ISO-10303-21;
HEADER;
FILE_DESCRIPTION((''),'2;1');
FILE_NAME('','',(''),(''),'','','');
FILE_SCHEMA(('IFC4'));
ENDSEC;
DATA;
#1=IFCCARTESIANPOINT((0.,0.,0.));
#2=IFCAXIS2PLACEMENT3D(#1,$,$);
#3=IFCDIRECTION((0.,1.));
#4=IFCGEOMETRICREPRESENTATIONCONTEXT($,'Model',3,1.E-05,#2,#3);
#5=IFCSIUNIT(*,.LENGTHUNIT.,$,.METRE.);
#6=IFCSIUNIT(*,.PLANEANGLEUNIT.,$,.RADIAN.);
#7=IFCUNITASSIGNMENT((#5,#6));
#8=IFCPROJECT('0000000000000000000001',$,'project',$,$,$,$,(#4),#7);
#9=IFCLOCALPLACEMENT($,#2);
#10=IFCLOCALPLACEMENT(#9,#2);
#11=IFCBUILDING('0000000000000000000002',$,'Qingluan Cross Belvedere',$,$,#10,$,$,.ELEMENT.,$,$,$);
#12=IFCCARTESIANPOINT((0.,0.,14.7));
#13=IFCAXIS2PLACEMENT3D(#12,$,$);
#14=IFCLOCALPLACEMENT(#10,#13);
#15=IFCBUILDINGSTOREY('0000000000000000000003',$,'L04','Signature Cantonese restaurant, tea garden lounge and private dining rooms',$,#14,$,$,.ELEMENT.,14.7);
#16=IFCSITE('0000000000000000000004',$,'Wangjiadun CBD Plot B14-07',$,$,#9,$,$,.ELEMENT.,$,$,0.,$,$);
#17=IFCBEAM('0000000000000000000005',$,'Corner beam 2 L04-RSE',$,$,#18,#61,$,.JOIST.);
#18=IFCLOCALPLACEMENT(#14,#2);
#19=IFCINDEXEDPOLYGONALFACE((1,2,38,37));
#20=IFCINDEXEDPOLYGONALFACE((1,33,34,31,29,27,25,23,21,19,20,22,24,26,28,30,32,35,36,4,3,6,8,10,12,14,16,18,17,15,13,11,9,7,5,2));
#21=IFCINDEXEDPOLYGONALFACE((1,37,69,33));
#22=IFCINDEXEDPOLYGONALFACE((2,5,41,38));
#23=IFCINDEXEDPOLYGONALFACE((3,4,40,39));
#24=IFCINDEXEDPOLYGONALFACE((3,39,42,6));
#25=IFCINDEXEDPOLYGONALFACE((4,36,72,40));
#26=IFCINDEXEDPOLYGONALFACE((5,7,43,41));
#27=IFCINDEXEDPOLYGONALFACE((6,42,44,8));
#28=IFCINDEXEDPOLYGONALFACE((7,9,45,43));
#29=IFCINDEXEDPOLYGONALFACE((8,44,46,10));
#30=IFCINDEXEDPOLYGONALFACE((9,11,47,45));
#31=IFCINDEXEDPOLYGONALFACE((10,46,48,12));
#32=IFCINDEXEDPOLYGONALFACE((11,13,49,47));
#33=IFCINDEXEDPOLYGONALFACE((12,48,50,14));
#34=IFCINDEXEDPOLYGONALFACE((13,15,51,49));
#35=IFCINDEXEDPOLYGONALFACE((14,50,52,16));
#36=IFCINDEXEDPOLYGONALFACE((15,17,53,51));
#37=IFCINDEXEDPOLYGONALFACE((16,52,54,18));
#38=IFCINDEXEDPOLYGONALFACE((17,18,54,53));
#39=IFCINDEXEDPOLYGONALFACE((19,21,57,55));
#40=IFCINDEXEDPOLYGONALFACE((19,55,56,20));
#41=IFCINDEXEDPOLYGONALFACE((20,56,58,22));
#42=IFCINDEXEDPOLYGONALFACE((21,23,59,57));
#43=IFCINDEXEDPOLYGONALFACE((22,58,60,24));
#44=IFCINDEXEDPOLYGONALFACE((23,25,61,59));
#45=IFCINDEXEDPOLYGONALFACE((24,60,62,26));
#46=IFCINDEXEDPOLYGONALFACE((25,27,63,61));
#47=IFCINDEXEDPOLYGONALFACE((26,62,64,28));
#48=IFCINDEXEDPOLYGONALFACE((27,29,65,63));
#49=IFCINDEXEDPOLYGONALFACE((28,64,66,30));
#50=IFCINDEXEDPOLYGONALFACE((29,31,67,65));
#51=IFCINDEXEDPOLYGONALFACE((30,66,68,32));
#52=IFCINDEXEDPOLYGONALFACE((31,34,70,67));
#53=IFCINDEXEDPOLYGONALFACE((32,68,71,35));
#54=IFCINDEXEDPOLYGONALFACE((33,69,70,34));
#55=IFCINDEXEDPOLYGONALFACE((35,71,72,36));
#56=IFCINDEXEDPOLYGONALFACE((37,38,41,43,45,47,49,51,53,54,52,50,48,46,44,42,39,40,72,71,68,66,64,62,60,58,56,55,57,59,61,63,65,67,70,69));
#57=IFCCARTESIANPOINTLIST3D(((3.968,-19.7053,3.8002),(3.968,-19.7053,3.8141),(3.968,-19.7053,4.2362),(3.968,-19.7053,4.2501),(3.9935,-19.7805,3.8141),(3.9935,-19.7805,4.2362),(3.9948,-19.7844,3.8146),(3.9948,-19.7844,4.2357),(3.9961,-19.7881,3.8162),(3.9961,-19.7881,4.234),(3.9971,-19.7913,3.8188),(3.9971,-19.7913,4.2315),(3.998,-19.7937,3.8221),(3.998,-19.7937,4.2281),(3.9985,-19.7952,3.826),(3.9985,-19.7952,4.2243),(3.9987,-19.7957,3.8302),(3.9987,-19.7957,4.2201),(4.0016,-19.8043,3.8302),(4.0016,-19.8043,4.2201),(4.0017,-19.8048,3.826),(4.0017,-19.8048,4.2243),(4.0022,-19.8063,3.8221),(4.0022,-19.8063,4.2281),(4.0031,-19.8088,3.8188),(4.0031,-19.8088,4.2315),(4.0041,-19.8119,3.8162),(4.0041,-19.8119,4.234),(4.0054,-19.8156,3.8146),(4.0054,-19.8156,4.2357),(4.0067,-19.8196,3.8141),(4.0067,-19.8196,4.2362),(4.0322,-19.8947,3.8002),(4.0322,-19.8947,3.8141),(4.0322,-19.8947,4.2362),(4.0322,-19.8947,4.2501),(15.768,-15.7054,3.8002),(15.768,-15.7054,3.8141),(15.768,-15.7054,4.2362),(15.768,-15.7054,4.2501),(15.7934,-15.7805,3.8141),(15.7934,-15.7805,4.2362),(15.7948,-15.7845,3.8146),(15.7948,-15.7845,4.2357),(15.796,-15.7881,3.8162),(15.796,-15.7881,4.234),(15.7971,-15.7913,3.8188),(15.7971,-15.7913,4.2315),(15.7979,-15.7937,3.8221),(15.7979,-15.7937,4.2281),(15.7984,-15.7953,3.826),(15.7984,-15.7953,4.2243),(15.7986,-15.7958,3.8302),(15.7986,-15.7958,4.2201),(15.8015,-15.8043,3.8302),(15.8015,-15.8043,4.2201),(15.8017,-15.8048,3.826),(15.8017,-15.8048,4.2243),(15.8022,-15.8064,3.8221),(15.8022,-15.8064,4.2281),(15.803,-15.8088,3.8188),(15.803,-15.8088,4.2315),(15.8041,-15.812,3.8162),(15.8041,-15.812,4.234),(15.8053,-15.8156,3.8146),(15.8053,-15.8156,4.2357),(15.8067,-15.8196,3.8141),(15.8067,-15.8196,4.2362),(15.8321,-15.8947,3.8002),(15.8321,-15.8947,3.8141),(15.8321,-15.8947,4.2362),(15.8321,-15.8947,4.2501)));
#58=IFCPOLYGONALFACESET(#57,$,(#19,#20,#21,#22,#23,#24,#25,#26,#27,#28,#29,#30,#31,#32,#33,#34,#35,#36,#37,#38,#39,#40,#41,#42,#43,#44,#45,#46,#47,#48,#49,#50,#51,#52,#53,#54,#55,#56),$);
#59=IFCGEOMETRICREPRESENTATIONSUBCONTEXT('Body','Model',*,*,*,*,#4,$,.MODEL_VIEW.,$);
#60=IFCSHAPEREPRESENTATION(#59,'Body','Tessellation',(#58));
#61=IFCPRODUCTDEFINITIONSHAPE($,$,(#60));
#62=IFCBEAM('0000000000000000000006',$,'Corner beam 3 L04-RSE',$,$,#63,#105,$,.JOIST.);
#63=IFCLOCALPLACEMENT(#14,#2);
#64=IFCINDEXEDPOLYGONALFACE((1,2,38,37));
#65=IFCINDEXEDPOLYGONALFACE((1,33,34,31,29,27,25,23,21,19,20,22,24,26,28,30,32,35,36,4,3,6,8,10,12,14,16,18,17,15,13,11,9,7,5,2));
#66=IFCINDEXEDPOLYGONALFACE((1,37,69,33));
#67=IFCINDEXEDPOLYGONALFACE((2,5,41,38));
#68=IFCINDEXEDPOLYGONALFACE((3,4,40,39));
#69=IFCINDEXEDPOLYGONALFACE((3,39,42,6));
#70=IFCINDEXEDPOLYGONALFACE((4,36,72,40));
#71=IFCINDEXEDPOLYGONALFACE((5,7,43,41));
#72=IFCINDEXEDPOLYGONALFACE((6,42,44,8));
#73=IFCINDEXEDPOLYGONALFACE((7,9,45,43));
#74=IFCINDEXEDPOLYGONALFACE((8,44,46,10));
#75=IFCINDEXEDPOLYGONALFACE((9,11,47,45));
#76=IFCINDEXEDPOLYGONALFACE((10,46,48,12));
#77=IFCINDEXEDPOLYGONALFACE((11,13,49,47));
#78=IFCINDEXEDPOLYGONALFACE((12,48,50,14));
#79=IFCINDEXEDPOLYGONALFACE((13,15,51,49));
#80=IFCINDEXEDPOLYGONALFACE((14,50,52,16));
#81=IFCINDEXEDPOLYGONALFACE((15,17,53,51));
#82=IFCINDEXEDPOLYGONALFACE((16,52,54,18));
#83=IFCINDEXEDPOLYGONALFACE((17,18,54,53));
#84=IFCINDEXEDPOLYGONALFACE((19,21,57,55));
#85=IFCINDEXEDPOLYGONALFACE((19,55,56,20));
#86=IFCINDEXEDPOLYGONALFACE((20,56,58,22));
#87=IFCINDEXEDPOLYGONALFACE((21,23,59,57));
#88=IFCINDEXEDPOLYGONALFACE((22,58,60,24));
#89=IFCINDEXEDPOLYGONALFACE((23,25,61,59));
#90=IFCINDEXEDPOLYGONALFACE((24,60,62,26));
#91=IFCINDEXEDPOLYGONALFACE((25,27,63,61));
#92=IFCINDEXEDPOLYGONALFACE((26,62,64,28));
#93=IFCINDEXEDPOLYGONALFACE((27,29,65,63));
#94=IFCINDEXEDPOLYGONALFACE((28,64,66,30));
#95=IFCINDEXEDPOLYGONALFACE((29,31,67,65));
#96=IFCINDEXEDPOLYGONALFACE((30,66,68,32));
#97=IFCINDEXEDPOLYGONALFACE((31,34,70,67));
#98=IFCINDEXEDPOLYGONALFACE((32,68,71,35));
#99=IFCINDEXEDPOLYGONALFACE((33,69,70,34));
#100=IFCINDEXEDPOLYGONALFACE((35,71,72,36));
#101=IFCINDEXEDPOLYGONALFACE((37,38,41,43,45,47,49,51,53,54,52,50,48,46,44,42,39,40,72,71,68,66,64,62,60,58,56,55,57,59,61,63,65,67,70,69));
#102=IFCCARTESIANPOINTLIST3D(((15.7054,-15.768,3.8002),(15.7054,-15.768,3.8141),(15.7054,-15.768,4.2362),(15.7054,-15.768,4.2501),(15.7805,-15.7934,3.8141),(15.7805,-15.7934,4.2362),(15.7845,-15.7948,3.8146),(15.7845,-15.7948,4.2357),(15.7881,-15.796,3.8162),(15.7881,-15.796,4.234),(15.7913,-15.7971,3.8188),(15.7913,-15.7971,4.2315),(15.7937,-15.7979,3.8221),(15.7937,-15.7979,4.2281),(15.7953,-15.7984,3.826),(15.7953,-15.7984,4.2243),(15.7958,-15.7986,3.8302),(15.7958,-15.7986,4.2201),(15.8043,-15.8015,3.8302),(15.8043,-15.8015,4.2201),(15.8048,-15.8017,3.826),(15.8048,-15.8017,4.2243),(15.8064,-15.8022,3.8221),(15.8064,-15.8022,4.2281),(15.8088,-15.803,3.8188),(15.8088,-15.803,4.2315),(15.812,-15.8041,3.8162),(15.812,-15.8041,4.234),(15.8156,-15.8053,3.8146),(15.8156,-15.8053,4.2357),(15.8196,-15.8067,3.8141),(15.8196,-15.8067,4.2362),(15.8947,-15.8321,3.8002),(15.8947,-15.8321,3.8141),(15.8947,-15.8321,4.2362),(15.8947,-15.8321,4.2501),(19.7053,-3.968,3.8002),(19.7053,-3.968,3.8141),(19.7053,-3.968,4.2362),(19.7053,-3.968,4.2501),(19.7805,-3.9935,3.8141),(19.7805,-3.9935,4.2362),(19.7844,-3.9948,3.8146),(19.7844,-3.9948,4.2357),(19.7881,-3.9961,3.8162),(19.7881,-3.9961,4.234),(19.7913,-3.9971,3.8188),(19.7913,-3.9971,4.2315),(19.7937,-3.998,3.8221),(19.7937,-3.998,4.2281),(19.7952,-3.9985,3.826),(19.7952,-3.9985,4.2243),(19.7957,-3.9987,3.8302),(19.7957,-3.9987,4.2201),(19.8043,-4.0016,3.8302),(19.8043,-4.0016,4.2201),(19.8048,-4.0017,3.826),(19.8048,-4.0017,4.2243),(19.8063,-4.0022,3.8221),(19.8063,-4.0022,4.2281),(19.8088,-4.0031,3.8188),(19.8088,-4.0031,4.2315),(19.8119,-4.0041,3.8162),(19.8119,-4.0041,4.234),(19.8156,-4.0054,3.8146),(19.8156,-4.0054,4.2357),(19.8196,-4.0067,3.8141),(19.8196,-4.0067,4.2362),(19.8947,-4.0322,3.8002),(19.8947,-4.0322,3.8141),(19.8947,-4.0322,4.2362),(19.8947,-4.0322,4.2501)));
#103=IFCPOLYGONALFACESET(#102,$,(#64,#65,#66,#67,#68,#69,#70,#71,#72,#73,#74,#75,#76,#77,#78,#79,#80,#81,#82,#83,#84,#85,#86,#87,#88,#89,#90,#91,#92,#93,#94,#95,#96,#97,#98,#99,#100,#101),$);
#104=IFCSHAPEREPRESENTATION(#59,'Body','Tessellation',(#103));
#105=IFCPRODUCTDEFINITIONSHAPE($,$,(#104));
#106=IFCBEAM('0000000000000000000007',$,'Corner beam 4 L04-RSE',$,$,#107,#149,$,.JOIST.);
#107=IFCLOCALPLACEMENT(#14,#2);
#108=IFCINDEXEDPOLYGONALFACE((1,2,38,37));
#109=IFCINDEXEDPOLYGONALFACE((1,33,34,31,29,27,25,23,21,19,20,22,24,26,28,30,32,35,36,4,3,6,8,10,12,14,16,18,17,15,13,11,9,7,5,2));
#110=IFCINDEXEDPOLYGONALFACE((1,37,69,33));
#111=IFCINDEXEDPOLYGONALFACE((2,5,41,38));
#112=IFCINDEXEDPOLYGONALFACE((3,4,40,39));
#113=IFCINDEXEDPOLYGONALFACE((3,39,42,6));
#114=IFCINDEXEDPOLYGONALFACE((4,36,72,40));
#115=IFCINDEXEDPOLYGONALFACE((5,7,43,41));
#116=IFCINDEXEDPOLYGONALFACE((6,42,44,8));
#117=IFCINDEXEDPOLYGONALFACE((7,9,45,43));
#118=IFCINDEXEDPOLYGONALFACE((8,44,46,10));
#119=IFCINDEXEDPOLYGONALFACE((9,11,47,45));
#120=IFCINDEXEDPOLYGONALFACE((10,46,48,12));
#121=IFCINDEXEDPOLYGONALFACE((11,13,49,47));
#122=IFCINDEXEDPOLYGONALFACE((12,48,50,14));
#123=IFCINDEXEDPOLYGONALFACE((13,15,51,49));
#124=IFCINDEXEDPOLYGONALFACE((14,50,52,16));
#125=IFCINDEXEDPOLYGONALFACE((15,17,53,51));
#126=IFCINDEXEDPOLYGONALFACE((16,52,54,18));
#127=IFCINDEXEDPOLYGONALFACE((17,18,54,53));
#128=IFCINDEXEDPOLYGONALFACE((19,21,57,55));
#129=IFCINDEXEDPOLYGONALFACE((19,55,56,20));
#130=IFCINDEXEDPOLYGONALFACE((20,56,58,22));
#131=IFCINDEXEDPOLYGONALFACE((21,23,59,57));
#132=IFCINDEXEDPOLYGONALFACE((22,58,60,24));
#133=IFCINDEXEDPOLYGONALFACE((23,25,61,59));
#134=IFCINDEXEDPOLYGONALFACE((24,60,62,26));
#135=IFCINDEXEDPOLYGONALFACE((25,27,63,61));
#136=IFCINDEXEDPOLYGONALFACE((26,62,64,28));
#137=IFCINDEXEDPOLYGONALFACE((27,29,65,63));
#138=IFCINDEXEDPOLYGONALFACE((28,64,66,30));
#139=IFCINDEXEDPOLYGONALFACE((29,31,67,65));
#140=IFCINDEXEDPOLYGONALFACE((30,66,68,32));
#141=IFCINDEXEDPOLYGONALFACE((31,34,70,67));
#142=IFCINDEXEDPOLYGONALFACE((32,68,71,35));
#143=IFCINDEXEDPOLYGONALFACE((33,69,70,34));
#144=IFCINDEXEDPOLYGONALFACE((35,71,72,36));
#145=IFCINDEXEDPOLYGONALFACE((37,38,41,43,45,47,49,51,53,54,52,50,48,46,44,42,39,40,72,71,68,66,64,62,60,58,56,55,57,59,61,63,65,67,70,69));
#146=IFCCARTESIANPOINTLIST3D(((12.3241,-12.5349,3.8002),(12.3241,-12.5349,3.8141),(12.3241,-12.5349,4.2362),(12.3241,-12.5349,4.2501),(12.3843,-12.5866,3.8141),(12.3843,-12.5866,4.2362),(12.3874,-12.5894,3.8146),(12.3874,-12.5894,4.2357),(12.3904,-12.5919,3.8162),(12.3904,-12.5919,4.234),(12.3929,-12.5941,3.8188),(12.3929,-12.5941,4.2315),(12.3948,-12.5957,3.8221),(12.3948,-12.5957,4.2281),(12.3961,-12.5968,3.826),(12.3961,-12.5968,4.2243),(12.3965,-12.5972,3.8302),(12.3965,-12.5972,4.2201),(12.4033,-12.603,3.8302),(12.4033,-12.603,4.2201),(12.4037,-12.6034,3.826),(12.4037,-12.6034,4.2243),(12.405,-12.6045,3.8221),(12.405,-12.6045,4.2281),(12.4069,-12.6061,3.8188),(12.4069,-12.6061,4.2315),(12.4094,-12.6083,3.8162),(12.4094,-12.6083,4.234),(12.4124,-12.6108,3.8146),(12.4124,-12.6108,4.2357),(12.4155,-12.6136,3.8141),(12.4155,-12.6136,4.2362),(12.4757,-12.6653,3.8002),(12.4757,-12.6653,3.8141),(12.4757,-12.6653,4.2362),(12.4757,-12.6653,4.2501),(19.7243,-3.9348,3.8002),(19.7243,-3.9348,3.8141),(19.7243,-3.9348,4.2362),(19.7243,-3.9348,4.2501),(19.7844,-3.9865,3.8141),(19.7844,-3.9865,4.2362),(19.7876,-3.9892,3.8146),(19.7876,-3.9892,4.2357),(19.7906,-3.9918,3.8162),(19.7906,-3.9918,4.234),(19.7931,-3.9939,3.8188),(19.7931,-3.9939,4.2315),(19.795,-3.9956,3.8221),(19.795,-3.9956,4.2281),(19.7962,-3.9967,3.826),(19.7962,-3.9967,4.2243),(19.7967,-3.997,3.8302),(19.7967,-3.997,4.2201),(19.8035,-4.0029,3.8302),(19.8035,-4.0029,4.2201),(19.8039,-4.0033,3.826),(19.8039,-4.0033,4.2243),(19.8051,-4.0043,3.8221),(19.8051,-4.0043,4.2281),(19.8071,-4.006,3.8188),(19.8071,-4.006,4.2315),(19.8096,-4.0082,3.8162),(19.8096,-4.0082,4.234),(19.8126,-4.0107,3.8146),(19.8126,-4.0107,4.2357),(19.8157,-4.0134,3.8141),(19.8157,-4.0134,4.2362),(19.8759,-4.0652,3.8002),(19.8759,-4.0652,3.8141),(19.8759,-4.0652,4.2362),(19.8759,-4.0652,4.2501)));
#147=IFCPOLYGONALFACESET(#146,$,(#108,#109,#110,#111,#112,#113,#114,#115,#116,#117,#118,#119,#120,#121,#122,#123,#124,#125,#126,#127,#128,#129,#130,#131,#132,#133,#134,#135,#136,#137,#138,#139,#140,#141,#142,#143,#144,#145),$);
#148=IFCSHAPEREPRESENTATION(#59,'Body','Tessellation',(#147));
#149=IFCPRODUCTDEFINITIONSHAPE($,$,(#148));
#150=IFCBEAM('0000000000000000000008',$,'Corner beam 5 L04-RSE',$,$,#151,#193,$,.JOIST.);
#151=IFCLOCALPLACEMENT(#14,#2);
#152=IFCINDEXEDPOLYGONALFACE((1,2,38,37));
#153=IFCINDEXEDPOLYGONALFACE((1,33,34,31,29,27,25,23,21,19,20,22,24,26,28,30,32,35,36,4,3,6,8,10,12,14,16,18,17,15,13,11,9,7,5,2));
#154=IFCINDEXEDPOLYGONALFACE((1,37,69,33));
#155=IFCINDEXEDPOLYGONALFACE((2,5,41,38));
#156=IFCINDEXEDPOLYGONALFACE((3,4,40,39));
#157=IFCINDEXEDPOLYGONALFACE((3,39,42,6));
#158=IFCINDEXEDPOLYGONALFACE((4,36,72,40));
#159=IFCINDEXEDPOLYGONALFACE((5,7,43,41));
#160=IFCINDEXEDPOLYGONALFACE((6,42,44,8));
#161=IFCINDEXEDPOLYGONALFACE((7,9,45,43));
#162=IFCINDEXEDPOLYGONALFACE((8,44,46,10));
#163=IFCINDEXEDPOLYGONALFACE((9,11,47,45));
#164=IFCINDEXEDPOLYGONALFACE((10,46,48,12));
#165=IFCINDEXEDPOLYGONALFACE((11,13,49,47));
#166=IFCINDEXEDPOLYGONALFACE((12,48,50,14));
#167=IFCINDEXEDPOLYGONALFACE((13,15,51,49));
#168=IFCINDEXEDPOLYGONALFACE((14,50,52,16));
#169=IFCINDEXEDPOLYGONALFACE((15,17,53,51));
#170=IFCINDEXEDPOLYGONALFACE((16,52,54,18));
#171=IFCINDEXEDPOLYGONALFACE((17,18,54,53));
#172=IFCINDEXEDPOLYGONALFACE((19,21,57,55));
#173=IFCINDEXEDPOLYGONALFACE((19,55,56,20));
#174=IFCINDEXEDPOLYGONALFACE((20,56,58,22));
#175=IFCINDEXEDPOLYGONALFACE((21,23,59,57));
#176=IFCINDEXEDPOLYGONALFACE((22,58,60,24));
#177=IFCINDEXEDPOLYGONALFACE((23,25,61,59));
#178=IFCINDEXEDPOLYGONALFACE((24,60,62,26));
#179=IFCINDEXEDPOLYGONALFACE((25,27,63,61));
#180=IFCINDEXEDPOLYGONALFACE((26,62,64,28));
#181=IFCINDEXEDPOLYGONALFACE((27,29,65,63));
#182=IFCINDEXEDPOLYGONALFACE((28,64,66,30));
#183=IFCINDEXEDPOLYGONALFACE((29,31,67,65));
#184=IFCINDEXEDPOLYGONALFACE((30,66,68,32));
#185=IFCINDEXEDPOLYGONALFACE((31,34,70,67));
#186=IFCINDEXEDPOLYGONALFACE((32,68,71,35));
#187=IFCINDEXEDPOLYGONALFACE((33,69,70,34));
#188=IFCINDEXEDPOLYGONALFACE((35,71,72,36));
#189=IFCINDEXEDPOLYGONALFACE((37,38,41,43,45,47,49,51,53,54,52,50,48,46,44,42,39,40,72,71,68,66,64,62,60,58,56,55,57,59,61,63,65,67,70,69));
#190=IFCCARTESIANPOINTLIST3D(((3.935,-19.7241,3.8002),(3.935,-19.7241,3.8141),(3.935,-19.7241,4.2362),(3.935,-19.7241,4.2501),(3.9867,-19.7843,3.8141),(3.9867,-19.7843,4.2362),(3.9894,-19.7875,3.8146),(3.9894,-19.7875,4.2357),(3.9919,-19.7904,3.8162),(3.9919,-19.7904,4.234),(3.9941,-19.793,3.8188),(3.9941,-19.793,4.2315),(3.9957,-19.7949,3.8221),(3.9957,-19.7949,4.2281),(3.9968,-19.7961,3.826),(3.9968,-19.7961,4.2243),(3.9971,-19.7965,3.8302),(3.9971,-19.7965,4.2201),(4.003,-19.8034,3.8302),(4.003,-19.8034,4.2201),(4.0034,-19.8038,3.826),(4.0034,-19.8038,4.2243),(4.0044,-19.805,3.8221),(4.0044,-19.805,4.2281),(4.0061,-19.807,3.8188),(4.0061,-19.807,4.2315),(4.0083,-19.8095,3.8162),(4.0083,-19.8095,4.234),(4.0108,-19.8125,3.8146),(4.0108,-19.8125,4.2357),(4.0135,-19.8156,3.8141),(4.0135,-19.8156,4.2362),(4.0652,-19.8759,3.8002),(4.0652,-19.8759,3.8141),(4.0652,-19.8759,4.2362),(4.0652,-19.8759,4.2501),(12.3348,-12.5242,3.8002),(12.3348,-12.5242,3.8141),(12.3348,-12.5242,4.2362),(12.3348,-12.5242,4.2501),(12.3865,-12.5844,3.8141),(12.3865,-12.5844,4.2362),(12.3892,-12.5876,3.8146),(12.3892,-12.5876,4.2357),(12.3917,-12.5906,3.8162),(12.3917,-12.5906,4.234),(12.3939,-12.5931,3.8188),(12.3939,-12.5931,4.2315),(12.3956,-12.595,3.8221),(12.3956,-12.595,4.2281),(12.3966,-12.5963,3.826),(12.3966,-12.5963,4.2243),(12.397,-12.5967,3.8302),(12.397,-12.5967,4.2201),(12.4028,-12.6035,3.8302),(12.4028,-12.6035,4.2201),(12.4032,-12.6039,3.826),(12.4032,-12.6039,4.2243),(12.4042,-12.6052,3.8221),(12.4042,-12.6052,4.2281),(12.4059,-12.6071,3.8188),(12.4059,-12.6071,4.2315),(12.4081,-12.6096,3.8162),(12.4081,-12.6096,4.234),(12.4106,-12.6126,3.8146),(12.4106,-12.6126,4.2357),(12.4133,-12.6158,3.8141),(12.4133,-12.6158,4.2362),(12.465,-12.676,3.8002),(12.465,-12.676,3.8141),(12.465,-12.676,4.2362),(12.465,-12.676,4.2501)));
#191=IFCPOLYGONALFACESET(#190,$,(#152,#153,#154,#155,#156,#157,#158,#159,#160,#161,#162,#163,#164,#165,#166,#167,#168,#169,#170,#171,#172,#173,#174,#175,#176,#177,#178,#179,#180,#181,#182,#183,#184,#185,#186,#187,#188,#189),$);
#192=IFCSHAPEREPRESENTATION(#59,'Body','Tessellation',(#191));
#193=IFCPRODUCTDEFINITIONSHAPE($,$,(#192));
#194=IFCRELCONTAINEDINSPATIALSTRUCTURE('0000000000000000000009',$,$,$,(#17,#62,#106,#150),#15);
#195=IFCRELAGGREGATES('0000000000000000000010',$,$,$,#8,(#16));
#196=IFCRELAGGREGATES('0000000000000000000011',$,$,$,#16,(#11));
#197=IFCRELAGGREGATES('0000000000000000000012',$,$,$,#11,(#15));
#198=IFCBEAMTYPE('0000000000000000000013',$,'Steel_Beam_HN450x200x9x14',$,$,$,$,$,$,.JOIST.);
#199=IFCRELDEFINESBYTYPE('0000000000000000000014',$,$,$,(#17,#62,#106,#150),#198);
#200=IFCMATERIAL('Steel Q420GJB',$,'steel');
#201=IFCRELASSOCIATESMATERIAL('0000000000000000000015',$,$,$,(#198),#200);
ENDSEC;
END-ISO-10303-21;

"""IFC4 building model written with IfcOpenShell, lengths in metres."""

from ifc_helpers import new_model, si_unit, direction, frame, origin, origin_2d, place, context, subcontext, project, spatial, i_section, extrude, material, material_profile, profile_set, type_object, element, save


model = new_model("IFC4")

# Units and contexts
model_context = context("Model", 3, precision=1e-05, world=origin(), true_north=direction((0.0, 1.0)))
body_context = subcontext(model_context, "Body", "Model", "MODEL_VIEW")
ifc_project = project(units=[si_unit("LENGTHUNIT", "METRE"), si_unit("PLANEANGLEUNIT", "RADIAN")], contexts=[model_context])

# Site, building, storey
site_placement = place(None, origin())
site = spatial("IfcSite", under=ifc_project, at=site_placement, Name="Wangjiadun CBD Plot B14-07", CompositionType="ELEMENT", RefElevation=0.0)
building_placement = place(site_placement, origin())
building = spatial("IfcBuilding", under=site, at=building_placement, Name="Qingluan Cross Belvedere", CompositionType="ELEMENT")
storey_placement = place(building_placement, frame((0.0, 0.0, 14.7)))
storey = spatial("IfcBuildingStorey", under=building, at=storey_placement, Name="L04", Description="Signature Cantonese restaurant, tea garden lounge and private dining rooms", CompositionType="ELEMENT", Elevation=14.7)

# Beams
ifc_material_1 = material(Name="Steel Q420GJB", Category="steel")
ifc_material_profile_1 = material_profile(ifc_material_1, i_section(OverallWidth=0.2, OverallDepth=0.45, WebThickness=0.009, FlangeThickness=0.0139, FilletRadius=0.0161, at=origin_2d()), Name="HN450x200x9x14")
ifc_profile_set_1 = profile_set([ifc_material_profile_1], Name="Steel Q420GJB")
beam_type_1 = type_object("IfcBeamType", Name="Steel_Beam_HN450x200x9x14", PredefinedType="JOIST", material=ifc_profile_set_1)
for number, where, z_axis, x_axis, name in (
    (1, (15.8, -15.8, 4.0251), (-0.947066, -0.321038, 0.0), (0.321038, -0.947066, 0.0), "Corner beam 2 L04-RSE"),
    (2, (15.8, -15.8, 4.0251), (0.321038, 0.947066, 0.0), (-0.947066, 0.321038, 0.0), "Corner beam 3 L04-RSE"),
):
    element("IfcBeam", number, at=place(storey_placement, frame(where, z_axis=z_axis, x_axis=x_axis)), inside=storey, type_object=beam_type_1, Name=name, PredefinedType="JOIST", context=body_context, shape_type="SweptSolid", body=[
        extrude(i_section(OverallWidth=0.2, OverallDepth=0.45, WebThickness=0.009, FlangeThickness=0.0139, FilletRadius=0.0161, at=origin_2d()), origin(), (0.0, 0.0, 1.0), 12.4595),
    ])
beam_1_placement = place(storey_placement, frame((12.3999, -12.6001, 4.0251), z_axis=(0.652245, 0.758008, 0.0), x_axis=(-0.758008, 0.652245, 0.0)))
element("IfcBeam", 3, at=beam_1_placement, inside=storey, type_object=beam_type_1, Name="Corner beam 4 L04-RSE", PredefinedType="JOIST", context=body_context, shape_type="SweptSolid", body=[
    extrude(i_section(OverallWidth=0.2, OverallDepth=0.45, WebThickness=0.009, FlangeThickness=0.0139, FilletRadius=0.0161, at=origin_2d()), origin(), (0.0, 0.0, 1.0), 11.3457),
])
beam_2_placement = place(storey_placement, frame((12.3999, -12.6001, 4.0251), z_axis=(-0.759255, -0.650793, 0.0), x_axis=(0.650793, -0.759255, 0.0)))
element("IfcBeam", 4, at=beam_2_placement, inside=storey, type_object=beam_type_1, Name="Corner beam 5 L04-RSE", PredefinedType="JOIST", context=body_context, shape_type="SweptSolid", body=[
    extrude(i_section(OverallWidth=0.2, OverallDepth=0.45, WebThickness=0.009, FlangeThickness=0.0139, FilletRadius=0.0161, at=origin_2d()), origin(), (0.0, 0.0, 1.0), 11.0632),
])

save(model, "model.ifc")
